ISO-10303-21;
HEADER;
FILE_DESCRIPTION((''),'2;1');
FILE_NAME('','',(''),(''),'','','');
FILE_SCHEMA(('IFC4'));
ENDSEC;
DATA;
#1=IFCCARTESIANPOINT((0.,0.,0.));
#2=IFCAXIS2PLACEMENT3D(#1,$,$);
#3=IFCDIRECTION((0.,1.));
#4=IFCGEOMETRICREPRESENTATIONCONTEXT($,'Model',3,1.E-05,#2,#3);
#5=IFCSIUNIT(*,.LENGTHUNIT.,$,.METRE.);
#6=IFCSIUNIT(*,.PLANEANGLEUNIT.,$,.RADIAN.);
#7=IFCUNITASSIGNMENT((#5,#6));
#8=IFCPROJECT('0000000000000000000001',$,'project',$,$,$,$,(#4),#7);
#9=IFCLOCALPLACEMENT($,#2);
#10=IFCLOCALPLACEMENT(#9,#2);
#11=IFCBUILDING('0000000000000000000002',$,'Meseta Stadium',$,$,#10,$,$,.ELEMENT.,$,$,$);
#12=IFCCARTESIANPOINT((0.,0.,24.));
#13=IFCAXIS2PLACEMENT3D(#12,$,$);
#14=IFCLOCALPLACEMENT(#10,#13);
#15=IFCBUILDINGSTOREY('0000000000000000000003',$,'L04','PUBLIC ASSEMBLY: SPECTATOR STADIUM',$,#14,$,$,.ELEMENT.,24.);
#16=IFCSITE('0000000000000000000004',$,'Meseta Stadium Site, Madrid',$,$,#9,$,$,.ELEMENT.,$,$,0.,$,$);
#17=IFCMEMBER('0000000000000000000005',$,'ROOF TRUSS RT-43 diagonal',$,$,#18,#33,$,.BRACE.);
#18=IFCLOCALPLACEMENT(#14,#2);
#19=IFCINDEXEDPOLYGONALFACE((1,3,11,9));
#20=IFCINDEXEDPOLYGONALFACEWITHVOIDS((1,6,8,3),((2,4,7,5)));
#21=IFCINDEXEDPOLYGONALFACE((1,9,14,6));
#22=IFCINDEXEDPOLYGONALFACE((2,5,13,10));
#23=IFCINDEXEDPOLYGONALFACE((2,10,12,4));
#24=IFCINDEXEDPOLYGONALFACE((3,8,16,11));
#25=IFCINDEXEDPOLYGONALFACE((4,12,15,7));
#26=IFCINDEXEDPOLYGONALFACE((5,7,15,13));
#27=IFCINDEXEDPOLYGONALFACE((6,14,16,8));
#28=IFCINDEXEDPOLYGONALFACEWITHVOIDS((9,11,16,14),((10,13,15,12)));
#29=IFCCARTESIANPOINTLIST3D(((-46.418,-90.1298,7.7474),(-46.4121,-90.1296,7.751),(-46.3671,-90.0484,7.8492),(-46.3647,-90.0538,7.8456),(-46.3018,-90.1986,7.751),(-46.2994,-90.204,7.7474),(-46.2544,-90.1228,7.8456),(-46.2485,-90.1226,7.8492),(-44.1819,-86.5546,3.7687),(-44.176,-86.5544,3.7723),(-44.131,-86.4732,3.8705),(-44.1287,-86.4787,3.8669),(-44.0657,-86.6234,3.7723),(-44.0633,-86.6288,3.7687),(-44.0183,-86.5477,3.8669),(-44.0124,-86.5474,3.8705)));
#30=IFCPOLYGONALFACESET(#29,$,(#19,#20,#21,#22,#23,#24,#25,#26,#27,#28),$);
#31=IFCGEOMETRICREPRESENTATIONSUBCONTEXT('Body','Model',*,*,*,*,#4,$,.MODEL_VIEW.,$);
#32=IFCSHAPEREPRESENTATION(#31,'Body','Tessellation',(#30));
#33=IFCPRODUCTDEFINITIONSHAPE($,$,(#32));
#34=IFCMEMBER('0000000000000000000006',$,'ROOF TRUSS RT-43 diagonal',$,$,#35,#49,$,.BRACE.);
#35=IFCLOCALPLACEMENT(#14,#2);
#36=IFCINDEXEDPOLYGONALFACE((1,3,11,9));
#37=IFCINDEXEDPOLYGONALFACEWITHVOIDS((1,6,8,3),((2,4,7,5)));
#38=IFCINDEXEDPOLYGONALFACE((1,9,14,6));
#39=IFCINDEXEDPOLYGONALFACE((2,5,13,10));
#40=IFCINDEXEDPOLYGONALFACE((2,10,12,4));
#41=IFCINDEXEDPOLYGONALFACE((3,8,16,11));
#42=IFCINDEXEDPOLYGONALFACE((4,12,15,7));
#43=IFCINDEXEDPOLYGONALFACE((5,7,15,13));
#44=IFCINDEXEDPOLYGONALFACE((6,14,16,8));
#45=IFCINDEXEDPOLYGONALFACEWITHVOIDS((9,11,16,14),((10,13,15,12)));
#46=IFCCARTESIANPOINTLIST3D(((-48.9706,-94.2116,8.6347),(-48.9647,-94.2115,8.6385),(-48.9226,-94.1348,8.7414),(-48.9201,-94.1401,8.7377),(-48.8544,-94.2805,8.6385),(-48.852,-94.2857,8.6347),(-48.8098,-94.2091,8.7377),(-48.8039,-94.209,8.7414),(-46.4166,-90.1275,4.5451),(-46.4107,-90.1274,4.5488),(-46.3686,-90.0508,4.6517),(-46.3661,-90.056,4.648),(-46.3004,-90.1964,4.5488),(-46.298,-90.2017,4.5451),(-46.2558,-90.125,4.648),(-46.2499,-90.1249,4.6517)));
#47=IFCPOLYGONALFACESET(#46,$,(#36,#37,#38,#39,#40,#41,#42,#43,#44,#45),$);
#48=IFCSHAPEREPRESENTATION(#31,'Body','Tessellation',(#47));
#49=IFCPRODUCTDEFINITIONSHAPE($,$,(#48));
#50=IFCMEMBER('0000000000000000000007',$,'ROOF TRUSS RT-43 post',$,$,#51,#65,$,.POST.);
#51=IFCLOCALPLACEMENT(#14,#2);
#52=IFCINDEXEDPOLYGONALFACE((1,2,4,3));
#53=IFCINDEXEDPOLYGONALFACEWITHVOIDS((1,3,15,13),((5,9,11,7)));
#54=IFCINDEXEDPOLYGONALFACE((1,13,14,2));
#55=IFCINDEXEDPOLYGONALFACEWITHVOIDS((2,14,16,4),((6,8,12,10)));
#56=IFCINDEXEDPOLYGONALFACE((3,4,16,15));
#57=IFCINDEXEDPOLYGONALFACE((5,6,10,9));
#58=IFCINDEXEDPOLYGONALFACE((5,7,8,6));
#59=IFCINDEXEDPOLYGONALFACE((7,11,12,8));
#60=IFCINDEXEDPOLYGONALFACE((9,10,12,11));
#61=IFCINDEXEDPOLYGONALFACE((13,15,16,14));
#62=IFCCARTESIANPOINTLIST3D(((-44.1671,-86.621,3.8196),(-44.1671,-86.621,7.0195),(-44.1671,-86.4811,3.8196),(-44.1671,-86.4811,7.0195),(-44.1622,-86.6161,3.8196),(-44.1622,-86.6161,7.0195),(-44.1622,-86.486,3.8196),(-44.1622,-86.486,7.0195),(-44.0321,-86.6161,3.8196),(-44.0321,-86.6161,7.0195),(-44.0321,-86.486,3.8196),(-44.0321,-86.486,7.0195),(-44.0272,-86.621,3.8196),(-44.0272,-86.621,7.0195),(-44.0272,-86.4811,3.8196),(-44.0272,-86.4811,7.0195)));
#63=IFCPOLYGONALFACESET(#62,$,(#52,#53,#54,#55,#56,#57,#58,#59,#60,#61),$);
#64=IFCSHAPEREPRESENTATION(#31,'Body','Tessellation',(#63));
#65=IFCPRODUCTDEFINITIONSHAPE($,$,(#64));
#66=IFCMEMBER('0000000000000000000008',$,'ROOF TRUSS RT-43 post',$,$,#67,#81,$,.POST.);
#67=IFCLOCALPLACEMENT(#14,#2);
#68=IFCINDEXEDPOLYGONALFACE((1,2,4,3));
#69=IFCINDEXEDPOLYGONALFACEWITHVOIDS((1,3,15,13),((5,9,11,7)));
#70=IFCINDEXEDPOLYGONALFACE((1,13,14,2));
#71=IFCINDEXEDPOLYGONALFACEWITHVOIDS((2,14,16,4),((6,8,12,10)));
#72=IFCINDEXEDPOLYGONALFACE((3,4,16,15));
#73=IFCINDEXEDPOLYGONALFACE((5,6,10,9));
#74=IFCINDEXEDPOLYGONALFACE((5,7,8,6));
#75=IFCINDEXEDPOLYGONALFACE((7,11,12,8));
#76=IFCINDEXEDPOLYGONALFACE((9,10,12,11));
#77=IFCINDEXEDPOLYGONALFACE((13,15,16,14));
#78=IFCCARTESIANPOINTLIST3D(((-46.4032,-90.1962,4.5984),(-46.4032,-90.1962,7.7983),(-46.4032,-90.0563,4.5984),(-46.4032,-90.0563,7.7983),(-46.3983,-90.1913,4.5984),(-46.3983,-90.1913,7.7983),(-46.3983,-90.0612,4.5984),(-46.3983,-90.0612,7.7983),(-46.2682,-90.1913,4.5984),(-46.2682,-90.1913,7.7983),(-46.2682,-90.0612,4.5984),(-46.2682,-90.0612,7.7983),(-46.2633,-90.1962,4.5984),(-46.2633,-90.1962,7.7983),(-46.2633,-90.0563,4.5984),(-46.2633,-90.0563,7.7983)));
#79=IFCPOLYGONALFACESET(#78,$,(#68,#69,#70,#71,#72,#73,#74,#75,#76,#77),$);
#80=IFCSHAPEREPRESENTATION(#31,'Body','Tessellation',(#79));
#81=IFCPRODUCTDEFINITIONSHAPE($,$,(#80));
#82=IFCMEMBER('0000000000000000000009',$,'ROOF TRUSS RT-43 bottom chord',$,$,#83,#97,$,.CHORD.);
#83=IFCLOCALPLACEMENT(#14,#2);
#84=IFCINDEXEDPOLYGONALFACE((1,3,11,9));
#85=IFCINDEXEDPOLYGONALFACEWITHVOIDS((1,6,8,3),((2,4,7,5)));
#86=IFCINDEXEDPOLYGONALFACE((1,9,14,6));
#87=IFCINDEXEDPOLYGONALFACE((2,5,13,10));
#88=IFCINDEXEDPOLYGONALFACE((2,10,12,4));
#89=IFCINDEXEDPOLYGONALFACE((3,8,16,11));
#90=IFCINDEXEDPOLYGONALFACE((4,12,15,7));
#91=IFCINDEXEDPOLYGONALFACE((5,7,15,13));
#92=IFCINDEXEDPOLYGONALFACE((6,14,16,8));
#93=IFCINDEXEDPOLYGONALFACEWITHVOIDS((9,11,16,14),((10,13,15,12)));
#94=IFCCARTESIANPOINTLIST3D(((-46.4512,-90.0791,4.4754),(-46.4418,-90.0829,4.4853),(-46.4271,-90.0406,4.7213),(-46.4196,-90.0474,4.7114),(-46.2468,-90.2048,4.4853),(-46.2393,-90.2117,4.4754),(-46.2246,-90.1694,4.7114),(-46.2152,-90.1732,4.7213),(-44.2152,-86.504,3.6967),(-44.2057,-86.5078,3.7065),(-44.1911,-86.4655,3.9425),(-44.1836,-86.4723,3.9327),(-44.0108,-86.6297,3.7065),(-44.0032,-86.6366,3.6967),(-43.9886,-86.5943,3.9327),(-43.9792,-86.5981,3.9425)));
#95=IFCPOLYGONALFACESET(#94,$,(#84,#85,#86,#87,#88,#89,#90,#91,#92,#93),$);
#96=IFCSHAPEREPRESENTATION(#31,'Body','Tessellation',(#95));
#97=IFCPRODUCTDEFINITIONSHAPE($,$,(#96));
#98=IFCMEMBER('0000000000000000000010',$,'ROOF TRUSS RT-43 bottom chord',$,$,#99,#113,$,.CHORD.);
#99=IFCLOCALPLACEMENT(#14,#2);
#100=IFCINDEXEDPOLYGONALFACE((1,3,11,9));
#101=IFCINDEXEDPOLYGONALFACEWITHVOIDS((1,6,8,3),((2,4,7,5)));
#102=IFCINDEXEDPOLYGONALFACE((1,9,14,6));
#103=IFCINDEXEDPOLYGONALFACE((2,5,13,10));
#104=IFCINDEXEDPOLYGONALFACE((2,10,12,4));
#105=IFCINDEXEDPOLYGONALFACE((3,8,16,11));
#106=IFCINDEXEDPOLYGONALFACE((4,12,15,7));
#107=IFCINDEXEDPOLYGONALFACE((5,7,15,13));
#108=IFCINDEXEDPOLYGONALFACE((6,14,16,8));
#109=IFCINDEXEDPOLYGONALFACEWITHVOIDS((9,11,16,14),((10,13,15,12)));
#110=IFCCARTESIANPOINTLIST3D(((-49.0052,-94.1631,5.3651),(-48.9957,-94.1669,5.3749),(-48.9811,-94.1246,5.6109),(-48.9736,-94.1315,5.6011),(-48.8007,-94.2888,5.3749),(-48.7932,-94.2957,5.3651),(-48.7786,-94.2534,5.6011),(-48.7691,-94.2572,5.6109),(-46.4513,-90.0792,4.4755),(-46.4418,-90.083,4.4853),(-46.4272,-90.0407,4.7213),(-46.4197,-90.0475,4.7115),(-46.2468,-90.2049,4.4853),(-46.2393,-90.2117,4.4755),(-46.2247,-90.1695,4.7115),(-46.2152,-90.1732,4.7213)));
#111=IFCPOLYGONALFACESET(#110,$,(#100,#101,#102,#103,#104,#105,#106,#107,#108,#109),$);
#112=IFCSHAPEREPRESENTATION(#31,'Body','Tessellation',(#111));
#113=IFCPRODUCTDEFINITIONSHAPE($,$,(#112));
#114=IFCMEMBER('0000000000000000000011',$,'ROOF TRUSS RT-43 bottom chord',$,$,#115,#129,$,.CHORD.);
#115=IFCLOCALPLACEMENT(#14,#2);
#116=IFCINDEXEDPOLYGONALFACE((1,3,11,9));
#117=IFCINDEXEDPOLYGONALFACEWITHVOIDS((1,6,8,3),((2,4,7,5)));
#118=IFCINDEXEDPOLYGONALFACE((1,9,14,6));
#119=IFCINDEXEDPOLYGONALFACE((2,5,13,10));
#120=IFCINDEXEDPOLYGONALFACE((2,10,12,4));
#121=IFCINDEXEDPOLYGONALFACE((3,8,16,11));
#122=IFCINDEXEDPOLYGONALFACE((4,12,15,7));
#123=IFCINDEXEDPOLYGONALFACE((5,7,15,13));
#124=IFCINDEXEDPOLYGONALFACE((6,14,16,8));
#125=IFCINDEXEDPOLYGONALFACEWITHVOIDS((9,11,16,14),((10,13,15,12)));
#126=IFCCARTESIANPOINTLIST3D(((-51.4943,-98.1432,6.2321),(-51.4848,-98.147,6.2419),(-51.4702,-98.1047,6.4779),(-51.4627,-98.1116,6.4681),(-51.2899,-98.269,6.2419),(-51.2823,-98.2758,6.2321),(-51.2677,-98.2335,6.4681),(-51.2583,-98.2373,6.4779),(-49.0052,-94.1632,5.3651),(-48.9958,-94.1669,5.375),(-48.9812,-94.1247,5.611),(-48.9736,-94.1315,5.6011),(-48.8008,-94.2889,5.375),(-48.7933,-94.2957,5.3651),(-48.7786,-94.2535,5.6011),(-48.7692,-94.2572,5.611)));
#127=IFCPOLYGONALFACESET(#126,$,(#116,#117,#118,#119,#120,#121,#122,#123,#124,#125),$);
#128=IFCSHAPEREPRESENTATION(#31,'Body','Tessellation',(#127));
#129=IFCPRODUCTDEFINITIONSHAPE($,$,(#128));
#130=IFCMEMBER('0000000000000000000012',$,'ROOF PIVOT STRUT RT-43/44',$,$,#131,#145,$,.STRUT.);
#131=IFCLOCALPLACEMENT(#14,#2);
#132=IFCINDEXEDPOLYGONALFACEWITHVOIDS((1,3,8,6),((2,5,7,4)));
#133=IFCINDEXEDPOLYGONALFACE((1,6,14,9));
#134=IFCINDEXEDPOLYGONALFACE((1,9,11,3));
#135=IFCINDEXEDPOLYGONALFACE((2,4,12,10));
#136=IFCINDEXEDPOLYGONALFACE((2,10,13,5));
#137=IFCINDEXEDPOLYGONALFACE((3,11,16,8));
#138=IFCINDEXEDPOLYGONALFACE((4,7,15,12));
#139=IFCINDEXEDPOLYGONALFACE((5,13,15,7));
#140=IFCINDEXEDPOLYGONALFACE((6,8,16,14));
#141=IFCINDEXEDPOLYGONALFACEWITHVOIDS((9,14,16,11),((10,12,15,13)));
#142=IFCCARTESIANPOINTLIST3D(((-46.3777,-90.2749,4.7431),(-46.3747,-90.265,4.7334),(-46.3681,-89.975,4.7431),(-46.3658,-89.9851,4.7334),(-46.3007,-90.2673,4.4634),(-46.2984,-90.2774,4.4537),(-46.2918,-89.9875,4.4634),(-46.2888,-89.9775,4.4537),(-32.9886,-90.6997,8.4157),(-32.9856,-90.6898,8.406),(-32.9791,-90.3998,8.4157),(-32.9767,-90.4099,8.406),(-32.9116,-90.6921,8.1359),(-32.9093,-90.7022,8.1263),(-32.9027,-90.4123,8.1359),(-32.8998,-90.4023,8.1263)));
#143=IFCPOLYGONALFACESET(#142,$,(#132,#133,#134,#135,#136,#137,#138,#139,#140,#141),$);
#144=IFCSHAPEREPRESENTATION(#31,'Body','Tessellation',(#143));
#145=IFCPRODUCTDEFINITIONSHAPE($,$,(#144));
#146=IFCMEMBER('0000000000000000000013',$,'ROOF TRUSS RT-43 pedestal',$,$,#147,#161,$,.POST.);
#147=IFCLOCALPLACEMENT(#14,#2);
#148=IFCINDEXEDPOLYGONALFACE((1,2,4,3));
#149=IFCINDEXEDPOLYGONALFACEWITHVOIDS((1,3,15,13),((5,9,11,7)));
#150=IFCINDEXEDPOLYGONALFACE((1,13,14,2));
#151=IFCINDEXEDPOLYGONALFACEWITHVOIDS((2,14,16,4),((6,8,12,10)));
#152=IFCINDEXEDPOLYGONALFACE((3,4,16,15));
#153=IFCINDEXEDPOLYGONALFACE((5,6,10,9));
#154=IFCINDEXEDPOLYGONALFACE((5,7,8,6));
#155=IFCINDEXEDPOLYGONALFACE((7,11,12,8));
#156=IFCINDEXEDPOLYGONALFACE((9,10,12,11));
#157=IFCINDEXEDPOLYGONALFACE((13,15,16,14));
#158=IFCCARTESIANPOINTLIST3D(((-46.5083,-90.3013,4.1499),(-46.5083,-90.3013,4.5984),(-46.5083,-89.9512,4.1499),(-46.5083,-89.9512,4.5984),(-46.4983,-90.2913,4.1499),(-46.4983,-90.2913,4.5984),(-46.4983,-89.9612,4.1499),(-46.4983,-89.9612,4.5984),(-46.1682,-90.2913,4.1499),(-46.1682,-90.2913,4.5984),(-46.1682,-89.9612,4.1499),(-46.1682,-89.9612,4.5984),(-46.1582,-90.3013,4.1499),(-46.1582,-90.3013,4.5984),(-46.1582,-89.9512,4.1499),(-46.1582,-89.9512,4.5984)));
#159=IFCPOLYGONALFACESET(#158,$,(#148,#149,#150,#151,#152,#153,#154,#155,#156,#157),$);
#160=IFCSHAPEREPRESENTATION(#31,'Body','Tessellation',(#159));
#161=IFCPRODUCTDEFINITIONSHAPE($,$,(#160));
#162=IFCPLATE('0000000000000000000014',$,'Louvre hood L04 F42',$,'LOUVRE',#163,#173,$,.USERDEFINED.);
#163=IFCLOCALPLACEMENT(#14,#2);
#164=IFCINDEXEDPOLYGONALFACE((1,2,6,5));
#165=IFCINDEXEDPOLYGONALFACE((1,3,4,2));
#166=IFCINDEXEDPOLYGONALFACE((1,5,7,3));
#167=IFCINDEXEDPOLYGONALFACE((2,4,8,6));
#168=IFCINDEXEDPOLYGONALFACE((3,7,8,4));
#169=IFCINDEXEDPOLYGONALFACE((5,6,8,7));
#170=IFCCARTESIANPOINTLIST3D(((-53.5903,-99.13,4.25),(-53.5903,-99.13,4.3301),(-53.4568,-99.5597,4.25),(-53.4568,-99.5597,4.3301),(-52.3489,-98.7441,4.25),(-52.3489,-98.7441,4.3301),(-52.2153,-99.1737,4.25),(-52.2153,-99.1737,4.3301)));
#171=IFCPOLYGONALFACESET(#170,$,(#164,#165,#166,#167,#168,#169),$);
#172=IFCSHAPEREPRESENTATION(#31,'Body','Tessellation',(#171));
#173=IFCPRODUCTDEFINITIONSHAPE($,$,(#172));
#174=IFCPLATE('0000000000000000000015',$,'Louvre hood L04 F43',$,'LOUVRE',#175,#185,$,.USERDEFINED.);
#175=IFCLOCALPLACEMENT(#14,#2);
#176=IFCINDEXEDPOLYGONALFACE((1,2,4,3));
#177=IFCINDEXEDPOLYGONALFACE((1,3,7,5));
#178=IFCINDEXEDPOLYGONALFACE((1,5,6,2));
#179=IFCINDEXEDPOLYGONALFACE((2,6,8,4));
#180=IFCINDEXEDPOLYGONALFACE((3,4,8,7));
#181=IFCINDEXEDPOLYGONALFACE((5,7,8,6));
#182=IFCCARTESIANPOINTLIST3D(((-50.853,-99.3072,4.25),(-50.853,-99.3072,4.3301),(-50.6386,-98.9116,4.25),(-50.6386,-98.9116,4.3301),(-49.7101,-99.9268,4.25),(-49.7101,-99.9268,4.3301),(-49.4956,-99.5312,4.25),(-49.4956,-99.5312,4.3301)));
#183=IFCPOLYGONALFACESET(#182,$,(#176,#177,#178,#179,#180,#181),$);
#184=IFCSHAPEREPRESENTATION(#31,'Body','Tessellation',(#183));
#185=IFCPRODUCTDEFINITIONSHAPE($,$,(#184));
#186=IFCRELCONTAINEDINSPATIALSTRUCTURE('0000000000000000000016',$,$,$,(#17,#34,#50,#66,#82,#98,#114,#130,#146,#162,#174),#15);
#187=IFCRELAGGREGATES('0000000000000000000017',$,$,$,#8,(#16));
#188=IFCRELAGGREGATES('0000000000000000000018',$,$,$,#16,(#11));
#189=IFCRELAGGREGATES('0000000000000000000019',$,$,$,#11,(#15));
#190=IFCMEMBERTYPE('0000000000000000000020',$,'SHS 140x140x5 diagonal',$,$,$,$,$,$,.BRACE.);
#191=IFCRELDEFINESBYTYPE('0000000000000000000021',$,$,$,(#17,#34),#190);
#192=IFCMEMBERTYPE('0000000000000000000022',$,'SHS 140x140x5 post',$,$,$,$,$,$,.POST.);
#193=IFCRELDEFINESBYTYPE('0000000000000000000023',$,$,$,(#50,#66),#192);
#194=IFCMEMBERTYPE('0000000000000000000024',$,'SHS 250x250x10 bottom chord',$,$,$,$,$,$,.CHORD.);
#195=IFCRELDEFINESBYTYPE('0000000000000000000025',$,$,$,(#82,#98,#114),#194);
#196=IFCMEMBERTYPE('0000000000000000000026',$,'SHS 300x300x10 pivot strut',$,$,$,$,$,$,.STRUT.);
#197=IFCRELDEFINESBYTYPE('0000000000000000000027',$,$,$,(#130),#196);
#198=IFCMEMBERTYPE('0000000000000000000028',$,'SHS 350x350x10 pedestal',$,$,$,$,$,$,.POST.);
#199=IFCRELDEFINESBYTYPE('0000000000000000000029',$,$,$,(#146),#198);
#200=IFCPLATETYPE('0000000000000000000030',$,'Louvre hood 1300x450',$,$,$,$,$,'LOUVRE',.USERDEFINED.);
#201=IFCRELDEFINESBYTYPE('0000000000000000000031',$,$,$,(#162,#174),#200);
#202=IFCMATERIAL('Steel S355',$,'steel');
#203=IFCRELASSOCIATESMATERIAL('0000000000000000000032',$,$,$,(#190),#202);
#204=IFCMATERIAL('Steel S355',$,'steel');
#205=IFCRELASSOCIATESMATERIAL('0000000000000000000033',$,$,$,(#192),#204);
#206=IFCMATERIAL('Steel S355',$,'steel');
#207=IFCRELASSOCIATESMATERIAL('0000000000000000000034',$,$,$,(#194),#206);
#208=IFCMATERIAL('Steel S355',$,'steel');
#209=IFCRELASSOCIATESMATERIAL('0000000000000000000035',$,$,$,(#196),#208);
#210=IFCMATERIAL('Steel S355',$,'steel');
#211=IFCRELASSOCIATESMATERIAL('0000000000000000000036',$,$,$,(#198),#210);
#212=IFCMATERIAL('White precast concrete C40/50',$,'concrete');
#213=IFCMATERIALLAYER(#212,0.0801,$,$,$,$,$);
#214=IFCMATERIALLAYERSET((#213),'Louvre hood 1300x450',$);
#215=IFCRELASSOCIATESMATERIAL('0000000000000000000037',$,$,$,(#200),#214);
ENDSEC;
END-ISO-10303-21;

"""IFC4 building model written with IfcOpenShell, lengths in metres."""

from ifc_helpers import new_model, si_unit, direction, frame, origin, origin_2d, place, context, subcontext, project, spatial, rectangle, hollow_rectangle, extrude, material, layer, layer_set, material_profile, profile_set, type_object, element, save


model = new_model("IFC4")

# Units and contexts
model_context = context("Model", 3, precision=1e-05, world=origin(), true_north=direction((0.0, 1.0)))
body_context = subcontext(model_context, "Body", "Model", "MODEL_VIEW")
ifc_project = project(units=[si_unit("LENGTHUNIT", "METRE"), si_unit("PLANEANGLEUNIT", "RADIAN")], contexts=[model_context])

# Site, building, storey
site_placement = place(None, origin())
site = spatial("IfcSite", under=ifc_project, at=site_placement, Name="Meseta Stadium Site, Madrid", CompositionType="ELEMENT", RefElevation=0.0)
building_placement = place(site_placement, origin())
building = spatial("IfcBuilding", under=site, at=building_placement, Name="Meseta Stadium", CompositionType="ELEMENT")
storey_placement = place(building_placement, frame((0.0, 0.0, 24.0)))
storey = spatial("IfcBuildingStorey", under=building, at=storey_placement, Name="L04", Description="PUBLIC ASSEMBLY: SPECTATOR STADIUM", CompositionType="ELEMENT", Elevation=24.0)

# Members
ifc_material_1 = material(Name="Steel S355", Category="steel")
ifc_material_profile_1 = material_profile(ifc_material_1, hollow_rectangle(XDim=0.1399, YDim=0.1399, WallThickness=0.0049, at=origin_2d()), Name="SHS 140x140x5")
ifc_profile_set_1 = profile_set([ifc_material_profile_1], Name="Steel S355")
member_type_1 = type_object("IfcMemberType", Name="SHS 140x140x5 diagonal", PredefinedType="BRACE", material=ifc_profile_set_1)
member_1_placement = place(storey_placement, frame((-44.0972, -86.551, 3.8196), z_axis=(-0.385689, -0.616664, 0.686272), x_axis=(0.847829, -0.53027, 0.0)))
element("IfcMember", 1, at=member_1_placement, inside=storey, type_object=member_type_1, Name="ROOF TRUSS RT-43 diagonal", PredefinedType="BRACE", context=body_context, shape_type="SweptSolid", body=[
    extrude(hollow_rectangle(XDim=0.1399, YDim=0.1399, WallThickness=0.0049, at=origin_2d()), origin(), (0.0, 0.0, 1.0), 5.7976),
])
member_2_placement = place(storey_placement, frame((-46.3333, -90.1262, 4.5984), z_axis=(-0.404188, -0.646329, 0.647218), x_axis=(0.847862, -0.530218, 0.0)))
element("IfcMember", 2, at=member_2_placement, inside=storey, type_object=member_type_1, Name="ROOF TRUSS RT-43 diagonal", PredefinedType="BRACE", context=body_context, shape_type="SweptSolid", body=[
    extrude(hollow_rectangle(XDim=0.1399, YDim=0.1399, WallThickness=0.0049, at=origin_2d()), origin(), (0.0, 0.0, 1.0), 6.3188),
])
ifc_material_2 = material(Name="Steel S355", Category="steel")
ifc_material_profile_2 = material_profile(ifc_material_2, hollow_rectangle(XDim=0.1399, YDim=0.1399, WallThickness=0.0049, at=origin_2d()), Name="SHS 140x140x5")
ifc_profile_set_2 = profile_set([ifc_material_profile_2], Name="Steel S355")
member_type_2 = type_object("IfcMemberType", Name="SHS 140x140x5 post", PredefinedType="POST", material=ifc_profile_set_2)
for number, where, z_axis, x_axis, name in (
    (3, (-44.0972, -86.551, 3.8196), (0.0, 0.0, 1.0), (1.0, 0.0, 0.0), "ROOF TRUSS RT-43 post"),
    (4, (-46.3333, -90.1262, 4.5984), (0.0, 0.0, 1.0), (1.0, 0.0, 0.0), "ROOF TRUSS RT-43 post"),
):
    element("IfcMember", number, at=place(storey_placement, frame(where, z_axis=z_axis, x_axis=x_axis)), inside=storey, type_object=member_type_2, Name=name, PredefinedType="POST", context=body_context, shape_type="SweptSolid", body=[
        extrude(hollow_rectangle(XDim=0.1399, YDim=0.1399, WallThickness=0.0049, at=origin_2d()), origin(), (0.0, 0.0, 1.0), 3.2),
    ])
ifc_material_3 = material(Name="Steel S355", Category="steel")
ifc_material_profile_3 = material_profile(ifc_material_3, hollow_rectangle(XDim=0.25, YDim=0.25, WallThickness=0.01, at=origin_2d()), Name="SHS 250x250x10")
ifc_profile_set_3 = profile_set([ifc_material_profile_3], Name="Steel S355")
member_type_3 = type_object("IfcMemberType", Name="SHS 250x250x10 bottom chord", PredefinedType="CHORD", material=ifc_profile_set_3)
member_3_placement = place(storey_placement, frame((-44.0972, -86.551, 3.8196), z_axis=(-0.521451, -0.833729, 0.181617), x_axis=(0.847829, -0.53027, 0.0)))
element("IfcMember", 5, at=member_3_placement, inside=storey, type_object=member_type_3, Name="ROOF TRUSS RT-43 bottom chord", PredefinedType="CHORD", context=body_context, shape_type="SweptSolid", body=[
    extrude(hollow_rectangle(XDim=0.25, YDim=0.25, WallThickness=0.01, at=origin_2d()), origin(), (0.0, 0.0, 1.0), 4.2881),
])
member_4_placement = place(storey_placement, frame((-46.3333, -90.1262, 4.5984), z_axis=(-0.521399, -0.83376, 0.181625), x_axis=(0.847862, -0.530218, 0.0)))
element("IfcMember", 6, at=member_4_placement, inside=storey, type_object=member_type_3, Name="ROOF TRUSS RT-43 bottom chord", PredefinedType="CHORD", context=body_context, shape_type="SweptSolid", body=[
    extrude(hollow_rectangle(XDim=0.25, YDim=0.25, WallThickness=0.01, at=origin_2d()), origin(), (0.0, 0.0, 1.0), 4.8982),
])
member_5_placement = place(storey_placement, frame((-48.8872, -94.2102, 5.488), z_axis=(-0.521415, -0.833752, 0.181613), x_axis=(0.847852, -0.530233, 0.0)))
element("IfcMember", 7, at=member_5_placement, inside=storey, type_object=member_type_3, Name="ROOF TRUSS RT-43 bottom chord", PredefinedType="CHORD", context=body_context, shape_type="SweptSolid", body=[
    extrude(hollow_rectangle(XDim=0.25, YDim=0.25, WallThickness=0.01, at=origin_2d()), origin(), (0.0, 0.0, 1.0), 4.7737),
])
ifc_material_4 = material(Name="Steel S355", Category="steel")
ifc_material_profile_4 = material_profile(ifc_material_4, hollow_rectangle(XDim=0.3, YDim=0.3, WallThickness=0.01, at=origin_2d()), Name="SHS 300x300x10")
ifc_profile_set_4 = profile_set([ifc_material_profile_4], Name="Steel S355")
member_type_4 = type_object("IfcMemberType", Name="SHS 300x300x10 pivot strut", PredefinedType="STRUT", material=ifc_profile_set_4)
member_6_placement = place(storey_placement, frame((-46.3333, -90.1262, 4.5984), z_axis=(0.963927, -0.030583, 0.264402), x_axis=(0.031712, 0.999497, 0.0)))
element("IfcMember", 8, at=member_6_placement, inside=storey, type_object=member_type_4, Name="ROOF PIVOT STRUT RT-43/44", PredefinedType="STRUT", context=body_context, shape_type="SweptSolid", body=[
    extrude(hollow_rectangle(XDim=0.3, YDim=0.3, WallThickness=0.01, at=origin_2d()), origin(), (0.0, 0.0, 1.0), 13.8901),
])
ifc_material_5 = material(Name="Steel S355", Category="steel")
ifc_material_profile_5 = material_profile(ifc_material_5, hollow_rectangle(XDim=0.3501, YDim=0.3501, WallThickness=0.01, at=origin_2d()), Name="SHS 350x350x10")
ifc_profile_set_5 = profile_set([ifc_material_profile_5], Name="Steel S355")
member_type_5 = type_object("IfcMemberType", Name="SHS 350x350x10 pedestal", PredefinedType="POST", material=ifc_profile_set_5)
member_7_placement = place(storey_placement, frame((-46.3333, -90.1262, 4.1499), z_axis=(0.0, 0.0, 1.0), x_axis=(1.0, 0.0, 0.0)))
element("IfcMember", 9, at=member_7_placement, inside=storey, type_object=member_type_5, Name="ROOF TRUSS RT-43 pedestal", PredefinedType="POST", context=body_context, shape_type="SweptSolid", body=[
    extrude(hollow_rectangle(XDim=0.3501, YDim=0.3501, WallThickness=0.01, at=origin_2d()), origin(), (0.0, 0.0, 1.0), 0.4485),
])

# Plates
ifc_material_6 = material(Name="White precast concrete C40/50", Category="concrete")
ifc_layer_1 = layer(ifc_material_6, 0.0801)
ifc_layer_set_1 = layer_set([ifc_layer_1], Name="Louvre hood 1300x450")
plate_type_1 = type_object("IfcPlateType", Name="Louvre hood 1300x450", ElementType="LOUVRE", PredefinedType="USERDEFINED", material=ifc_layer_set_1)
for number, where, z_axis, x_axis, name in (
    (10, (-52.9028, -99.1519, 4.25), (0.0, 0.0, 1.0), (0.954918, 0.296869, 0.0), "Louvre hood L04 F42"),
    (11, (-50.1743, -99.4192, 4.25), (0.0, 0.0, 1.0), (0.879142, -0.47656, 0.0), "Louvre hood L04 F43"),
):
    element("IfcPlate", number, at=place(storey_placement, frame(where, z_axis=z_axis, x_axis=x_axis)), inside=storey, type_object=plate_type_1, Name=name, ObjectType="LOUVRE", PredefinedType="USERDEFINED", context=body_context, shape_type="SweptSolid", body=[
        extrude(rectangle(XDim=1.3, YDim=0.45, at=origin_2d()), origin(), (0.0, 0.0, 1.0), 0.0801),
    ])

save(model, "model.ifc")
